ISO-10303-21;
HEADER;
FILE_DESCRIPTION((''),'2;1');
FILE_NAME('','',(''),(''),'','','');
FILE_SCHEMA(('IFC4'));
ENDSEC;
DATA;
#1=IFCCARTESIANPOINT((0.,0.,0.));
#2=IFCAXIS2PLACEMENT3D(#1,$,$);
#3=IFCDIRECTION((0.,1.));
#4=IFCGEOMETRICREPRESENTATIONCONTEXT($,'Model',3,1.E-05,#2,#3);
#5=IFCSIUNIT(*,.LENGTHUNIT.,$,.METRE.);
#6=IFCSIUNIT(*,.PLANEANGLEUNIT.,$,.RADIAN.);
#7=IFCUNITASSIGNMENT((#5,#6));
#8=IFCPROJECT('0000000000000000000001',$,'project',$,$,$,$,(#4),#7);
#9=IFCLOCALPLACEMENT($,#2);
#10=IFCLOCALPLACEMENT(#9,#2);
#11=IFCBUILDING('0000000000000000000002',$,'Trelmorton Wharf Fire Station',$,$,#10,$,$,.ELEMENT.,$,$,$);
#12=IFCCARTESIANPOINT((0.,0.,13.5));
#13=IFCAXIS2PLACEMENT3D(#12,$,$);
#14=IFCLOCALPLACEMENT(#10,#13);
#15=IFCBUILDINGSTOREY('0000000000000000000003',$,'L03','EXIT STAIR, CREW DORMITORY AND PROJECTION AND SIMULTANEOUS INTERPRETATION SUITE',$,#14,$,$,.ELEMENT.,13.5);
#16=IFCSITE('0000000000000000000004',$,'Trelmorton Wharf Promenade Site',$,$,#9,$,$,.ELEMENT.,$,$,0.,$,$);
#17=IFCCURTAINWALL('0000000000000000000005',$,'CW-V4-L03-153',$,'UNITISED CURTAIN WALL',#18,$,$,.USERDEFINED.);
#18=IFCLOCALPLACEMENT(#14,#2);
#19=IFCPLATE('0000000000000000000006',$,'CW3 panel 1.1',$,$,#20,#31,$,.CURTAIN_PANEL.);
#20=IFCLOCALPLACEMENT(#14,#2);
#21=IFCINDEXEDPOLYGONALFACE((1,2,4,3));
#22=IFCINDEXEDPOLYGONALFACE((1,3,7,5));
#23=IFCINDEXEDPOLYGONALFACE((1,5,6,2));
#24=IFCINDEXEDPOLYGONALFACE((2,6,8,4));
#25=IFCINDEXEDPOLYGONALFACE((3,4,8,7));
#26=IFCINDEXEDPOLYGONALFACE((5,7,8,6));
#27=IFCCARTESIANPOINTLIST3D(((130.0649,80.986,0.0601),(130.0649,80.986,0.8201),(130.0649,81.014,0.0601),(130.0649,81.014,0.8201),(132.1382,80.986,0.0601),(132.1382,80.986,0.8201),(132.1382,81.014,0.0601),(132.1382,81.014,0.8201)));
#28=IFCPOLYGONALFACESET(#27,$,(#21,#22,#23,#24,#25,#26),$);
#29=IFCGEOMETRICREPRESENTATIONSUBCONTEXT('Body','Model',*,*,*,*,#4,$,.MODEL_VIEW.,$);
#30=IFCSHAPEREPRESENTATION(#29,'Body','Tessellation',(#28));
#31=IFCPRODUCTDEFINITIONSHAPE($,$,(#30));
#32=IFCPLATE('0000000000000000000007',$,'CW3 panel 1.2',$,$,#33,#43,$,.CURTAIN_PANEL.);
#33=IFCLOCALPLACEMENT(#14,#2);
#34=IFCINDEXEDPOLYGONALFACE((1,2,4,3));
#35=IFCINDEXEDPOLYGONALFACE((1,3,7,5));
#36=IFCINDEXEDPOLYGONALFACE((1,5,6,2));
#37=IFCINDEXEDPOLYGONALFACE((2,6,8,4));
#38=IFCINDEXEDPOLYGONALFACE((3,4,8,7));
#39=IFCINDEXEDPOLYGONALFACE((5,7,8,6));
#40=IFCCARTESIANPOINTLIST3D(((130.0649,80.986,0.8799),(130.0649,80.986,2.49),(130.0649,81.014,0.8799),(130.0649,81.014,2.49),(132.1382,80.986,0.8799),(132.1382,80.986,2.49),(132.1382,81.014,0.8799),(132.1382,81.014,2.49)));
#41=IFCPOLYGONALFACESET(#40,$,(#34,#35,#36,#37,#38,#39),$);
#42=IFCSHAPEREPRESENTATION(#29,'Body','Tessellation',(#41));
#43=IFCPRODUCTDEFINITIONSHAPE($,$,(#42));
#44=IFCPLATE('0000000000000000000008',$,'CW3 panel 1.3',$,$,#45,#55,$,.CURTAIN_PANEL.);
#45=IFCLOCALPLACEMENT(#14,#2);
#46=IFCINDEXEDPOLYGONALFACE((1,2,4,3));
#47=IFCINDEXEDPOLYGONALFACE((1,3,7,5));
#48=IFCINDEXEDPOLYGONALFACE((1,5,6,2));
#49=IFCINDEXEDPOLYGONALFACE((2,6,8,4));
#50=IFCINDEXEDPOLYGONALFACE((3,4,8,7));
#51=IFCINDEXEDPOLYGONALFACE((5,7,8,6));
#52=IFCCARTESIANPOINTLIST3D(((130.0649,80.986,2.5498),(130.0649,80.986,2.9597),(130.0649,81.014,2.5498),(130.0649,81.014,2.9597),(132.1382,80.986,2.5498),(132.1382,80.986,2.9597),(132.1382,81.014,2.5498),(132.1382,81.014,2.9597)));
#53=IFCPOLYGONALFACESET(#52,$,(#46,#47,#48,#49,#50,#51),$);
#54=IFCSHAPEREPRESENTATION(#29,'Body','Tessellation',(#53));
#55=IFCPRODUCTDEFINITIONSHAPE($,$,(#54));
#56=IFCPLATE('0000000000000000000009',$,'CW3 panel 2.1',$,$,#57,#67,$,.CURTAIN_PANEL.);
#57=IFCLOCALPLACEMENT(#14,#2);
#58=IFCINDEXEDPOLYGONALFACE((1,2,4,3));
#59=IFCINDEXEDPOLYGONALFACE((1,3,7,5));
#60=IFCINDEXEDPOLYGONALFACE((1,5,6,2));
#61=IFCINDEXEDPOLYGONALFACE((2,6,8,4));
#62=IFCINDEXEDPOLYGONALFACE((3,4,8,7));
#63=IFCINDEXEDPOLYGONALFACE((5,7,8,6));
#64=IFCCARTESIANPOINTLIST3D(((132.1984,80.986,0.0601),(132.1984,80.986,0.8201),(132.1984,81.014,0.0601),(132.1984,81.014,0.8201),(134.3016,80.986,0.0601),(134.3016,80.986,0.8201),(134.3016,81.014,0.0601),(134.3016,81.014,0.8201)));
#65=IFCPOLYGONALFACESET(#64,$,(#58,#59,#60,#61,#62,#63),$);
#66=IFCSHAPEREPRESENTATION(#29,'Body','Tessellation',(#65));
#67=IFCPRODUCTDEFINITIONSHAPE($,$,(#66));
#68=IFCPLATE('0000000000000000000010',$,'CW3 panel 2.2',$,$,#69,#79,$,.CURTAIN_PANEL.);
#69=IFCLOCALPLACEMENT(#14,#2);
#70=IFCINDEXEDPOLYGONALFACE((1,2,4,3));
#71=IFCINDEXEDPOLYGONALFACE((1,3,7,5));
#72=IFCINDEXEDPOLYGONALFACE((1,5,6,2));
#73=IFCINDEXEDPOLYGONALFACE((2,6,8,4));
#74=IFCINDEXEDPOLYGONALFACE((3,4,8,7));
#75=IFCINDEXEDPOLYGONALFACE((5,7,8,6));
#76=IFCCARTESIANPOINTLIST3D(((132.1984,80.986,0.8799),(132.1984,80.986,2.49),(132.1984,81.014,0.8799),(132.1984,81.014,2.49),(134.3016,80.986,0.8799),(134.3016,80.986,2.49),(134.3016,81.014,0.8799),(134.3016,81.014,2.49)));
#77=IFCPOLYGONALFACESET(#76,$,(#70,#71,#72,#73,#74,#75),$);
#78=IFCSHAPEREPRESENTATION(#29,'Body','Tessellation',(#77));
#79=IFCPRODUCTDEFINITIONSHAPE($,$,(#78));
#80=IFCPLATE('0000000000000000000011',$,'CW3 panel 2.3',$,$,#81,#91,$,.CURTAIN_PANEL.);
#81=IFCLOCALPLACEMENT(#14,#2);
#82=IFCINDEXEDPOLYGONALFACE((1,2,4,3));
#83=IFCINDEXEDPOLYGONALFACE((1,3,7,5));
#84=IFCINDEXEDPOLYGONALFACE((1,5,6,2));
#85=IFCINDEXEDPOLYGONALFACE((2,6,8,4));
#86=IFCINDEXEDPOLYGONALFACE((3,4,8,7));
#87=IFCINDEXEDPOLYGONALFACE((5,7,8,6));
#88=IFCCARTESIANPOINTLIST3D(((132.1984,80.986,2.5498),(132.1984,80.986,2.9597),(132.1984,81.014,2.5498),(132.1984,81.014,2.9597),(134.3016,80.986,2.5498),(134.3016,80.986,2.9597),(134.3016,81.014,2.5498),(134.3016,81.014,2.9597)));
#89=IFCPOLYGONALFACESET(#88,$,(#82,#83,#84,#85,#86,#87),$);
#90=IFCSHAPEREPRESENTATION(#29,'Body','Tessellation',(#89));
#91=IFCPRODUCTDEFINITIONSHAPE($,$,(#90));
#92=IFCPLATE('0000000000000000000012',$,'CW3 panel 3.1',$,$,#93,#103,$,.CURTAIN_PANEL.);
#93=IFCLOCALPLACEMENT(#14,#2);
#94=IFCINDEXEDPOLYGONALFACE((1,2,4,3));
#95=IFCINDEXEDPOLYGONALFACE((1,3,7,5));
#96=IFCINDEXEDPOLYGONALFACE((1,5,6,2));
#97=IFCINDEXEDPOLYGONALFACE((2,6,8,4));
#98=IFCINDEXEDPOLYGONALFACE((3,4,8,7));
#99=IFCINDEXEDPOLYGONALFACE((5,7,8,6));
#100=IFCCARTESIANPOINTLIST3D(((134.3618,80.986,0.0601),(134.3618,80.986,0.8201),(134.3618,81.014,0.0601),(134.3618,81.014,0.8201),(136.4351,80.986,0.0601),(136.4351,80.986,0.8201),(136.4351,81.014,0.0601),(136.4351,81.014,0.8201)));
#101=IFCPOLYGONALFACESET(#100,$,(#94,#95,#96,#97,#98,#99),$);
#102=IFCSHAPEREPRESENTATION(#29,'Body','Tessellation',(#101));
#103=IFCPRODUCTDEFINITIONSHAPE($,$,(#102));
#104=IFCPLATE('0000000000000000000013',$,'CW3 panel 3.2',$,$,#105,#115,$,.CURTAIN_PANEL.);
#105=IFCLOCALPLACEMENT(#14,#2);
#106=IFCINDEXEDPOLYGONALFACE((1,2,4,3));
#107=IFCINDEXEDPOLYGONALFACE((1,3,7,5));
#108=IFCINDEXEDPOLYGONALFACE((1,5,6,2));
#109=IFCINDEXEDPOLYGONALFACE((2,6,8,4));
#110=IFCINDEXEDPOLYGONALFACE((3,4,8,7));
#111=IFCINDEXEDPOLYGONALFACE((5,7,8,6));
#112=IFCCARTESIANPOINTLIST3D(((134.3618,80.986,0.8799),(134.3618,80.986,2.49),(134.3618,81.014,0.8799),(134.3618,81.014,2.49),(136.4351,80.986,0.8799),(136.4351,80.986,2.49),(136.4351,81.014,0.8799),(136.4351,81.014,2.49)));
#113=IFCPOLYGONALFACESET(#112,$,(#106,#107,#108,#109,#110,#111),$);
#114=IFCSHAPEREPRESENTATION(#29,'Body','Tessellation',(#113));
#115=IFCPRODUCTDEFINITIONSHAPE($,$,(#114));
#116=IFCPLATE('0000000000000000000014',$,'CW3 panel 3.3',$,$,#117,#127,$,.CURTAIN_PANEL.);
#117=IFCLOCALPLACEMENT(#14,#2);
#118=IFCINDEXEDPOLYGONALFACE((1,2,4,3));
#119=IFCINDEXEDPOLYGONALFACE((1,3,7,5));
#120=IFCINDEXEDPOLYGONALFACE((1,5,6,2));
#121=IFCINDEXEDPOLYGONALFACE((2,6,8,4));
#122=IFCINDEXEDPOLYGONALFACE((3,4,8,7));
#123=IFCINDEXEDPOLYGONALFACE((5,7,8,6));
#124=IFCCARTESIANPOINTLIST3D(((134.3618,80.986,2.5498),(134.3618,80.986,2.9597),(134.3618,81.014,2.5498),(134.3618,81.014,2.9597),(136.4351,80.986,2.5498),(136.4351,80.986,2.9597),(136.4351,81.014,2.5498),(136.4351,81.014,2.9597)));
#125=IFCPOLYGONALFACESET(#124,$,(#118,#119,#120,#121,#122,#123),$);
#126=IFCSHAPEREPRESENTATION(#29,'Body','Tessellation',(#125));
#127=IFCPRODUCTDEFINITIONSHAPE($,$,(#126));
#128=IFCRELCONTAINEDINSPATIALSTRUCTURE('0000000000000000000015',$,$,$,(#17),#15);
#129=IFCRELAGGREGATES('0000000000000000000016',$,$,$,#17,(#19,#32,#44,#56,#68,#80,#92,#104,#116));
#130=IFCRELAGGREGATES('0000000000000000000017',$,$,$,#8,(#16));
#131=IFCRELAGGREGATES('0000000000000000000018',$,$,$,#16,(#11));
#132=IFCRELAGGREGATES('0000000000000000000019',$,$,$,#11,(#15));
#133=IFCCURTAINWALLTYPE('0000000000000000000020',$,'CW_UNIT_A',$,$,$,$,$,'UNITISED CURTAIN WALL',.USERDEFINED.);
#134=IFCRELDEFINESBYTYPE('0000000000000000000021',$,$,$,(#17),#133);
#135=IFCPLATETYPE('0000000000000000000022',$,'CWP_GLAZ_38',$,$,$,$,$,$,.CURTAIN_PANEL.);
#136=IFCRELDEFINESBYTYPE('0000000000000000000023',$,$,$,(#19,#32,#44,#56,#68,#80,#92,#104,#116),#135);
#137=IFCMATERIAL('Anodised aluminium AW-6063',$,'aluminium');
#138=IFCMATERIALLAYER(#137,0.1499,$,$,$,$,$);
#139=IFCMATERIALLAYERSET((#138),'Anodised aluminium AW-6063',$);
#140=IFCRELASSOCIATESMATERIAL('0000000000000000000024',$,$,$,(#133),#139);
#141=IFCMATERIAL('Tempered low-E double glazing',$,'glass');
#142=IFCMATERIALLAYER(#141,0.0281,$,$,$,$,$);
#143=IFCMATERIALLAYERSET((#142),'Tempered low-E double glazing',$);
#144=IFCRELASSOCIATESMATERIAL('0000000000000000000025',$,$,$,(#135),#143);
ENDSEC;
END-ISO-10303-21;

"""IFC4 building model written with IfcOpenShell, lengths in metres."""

from ifc_helpers import new_model, si_unit, direction, frame, origin, origin_2d, place, context, subcontext, project, spatial, rectangle, extrude, material, layer, layer_set, type_object, element, aggregate, save


model = new_model("IFC4")

# Units and contexts
model_context = context("Model", 3, precision=1e-05, world=origin(), true_north=direction((0.0, 1.0)))
body_context = subcontext(model_context, "Body", "Model", "MODEL_VIEW")
ifc_project = project(units=[si_unit("LENGTHUNIT", "METRE"), si_unit("PLANEANGLEUNIT", "RADIAN")], contexts=[model_context])

# Site, building, storey
site_placement = place(None, origin())
site = spatial("IfcSite", under=ifc_project, at=site_placement, Name="Trelmorton Wharf Promenade Site", CompositionType="ELEMENT", RefElevation=0.0)
building_placement = place(site_placement, origin())
building = spatial("IfcBuilding", under=site, at=building_placement, Name="Trelmorton Wharf Fire Station", CompositionType="ELEMENT")
storey_placement = place(building_placement, frame((0.0, 0.0, 13.5)))
storey = spatial("IfcBuildingStorey", under=building, at=storey_placement, Name="L03", Description="EXIT STAIR, CREW DORMITORY AND PROJECTION AND SIMULTANEOUS INTERPRETATION SUITE", CompositionType="ELEMENT", Elevation=13.5)

# Curtain wall, plates
ifc_material_1 = material(Name="Anodised aluminium AW-6063", Category="aluminium")
ifc_layer_1 = layer(ifc_material_1, 0.1499)
ifc_layer_set_1 = layer_set([ifc_layer_1], Name="Anodised aluminium AW-6063")
curtain_wall_type = type_object("IfcCurtainWallType", Name="CW_UNIT_A", ElementType="UNITISED CURTAIN WALL", PredefinedType="USERDEFINED", material=ifc_layer_set_1)
curtain_wall_placement = place(storey_placement, origin())
curtain_wall = element("IfcCurtainWall", 1, at=curtain_wall_placement, inside=storey, type_object=curtain_wall_type, Name="CW-V4-L03-153", ObjectType="UNITISED CURTAIN WALL", PredefinedType="USERDEFINED")
ifc_material_2 = material(Name="Tempered low-E double glazing", Category="glass")
ifc_layer_2 = layer(ifc_material_2, 0.0281)
ifc_layer_set_2 = layer_set([ifc_layer_2], Name="Tempered low-E double glazing")
plate_type = type_object("IfcPlateType", Name="CWP_GLAZ_38", PredefinedType="CURTAIN_PANEL", material=ifc_layer_set_2)
plate_1_placement = place(storey_placement, frame((131.1016, 81.0, 0.0601), z_axis=(0.0, 0.0, 1.0), x_axis=(1.0, 0.0, 0.0)))
plate_1 = element("IfcPlate", 2, at=plate_1_placement, type_object=plate_type, Name="CW3 panel 1.1", PredefinedType="CURTAIN_PANEL", context=body_context, shape_type="SweptSolid", body=[
    extrude(rectangle(XDim=2.0732, YDim=0.0281, at=origin_2d()), origin(), (0.0, 0.0, 1.0), 0.76),
])
plate_2_placement = place(storey_placement, frame((131.1016, 81.0, 0.8799), z_axis=(0.0, 0.0, 1.0), x_axis=(1.0, 0.0, 0.0)))
plate_2 = element("IfcPlate", 3, at=plate_2_placement, type_object=plate_type, Name="CW3 panel 1.2", PredefinedType="CURTAIN_PANEL", context=body_context, shape_type="SweptSolid", body=[
    extrude(rectangle(XDim=2.0732, YDim=0.0281, at=origin_2d()), origin(), (0.0, 0.0, 1.0), 1.6101),
])
plate_3_placement = place(storey_placement, frame((131.1016, 81.0, 2.5498), z_axis=(0.0, 0.0, 1.0), x_axis=(1.0, 0.0, 0.0)))
plate_3 = element("IfcPlate", 4, at=plate_3_placement, type_object=plate_type, Name="CW3 panel 1.3", PredefinedType="CURTAIN_PANEL", context=body_context, shape_type="SweptSolid", body=[
    extrude(rectangle(XDim=2.0732, YDim=0.0281, at=origin_2d()), origin(), (0.0, 0.0, 1.0), 0.4099),
])
plate_4_placement = place(storey_placement, frame((133.25, 81.0, 0.0601), z_axis=(0.0, 0.0, 1.0), x_axis=(1.0, 0.0, 0.0)))
plate_4 = element("IfcPlate", 5, at=plate_4_placement, type_object=plate_type, Name="CW3 panel 2.1", PredefinedType="CURTAIN_PANEL", context=body_context, shape_type="SweptSolid", body=[
    extrude(rectangle(XDim=2.1033, YDim=0.0281, at=origin_2d()), origin(), (0.0, 0.0, 1.0), 0.76),
])
plate_5_placement = place(storey_placement, frame((133.25, 81.0, 0.8799), z_axis=(0.0, 0.0, 1.0), x_axis=(1.0, 0.0, 0.0)))
plate_5 = element("IfcPlate", 6, at=plate_5_placement, type_object=plate_type, Name="CW3 panel 2.2", PredefinedType="CURTAIN_PANEL", context=body_context, shape_type="SweptSolid", body=[
    extrude(rectangle(XDim=2.1033, YDim=0.0281, at=origin_2d()), origin(), (0.0, 0.0, 1.0), 1.6101),
])
plate_6_placement = place(storey_placement, frame((133.25, 81.0, 2.5498), z_axis=(0.0, 0.0, 1.0), x_axis=(1.0, 0.0, 0.0)))
plate_6 = element("IfcPlate", 7, at=plate_6_placement, type_object=plate_type, Name="CW3 panel 2.3", PredefinedType="CURTAIN_PANEL", context=body_context, shape_type="SweptSolid", body=[
    extrude(rectangle(XDim=2.1033, YDim=0.0281, at=origin_2d()), origin(), (0.0, 0.0, 1.0), 0.4099),
])
plate_7_placement = place(storey_placement, frame((135.3984, 81.0, 0.0601), z_axis=(0.0, 0.0, 1.0), x_axis=(1.0, 0.0, 0.0)))
plate_7 = element("IfcPlate", 8, at=plate_7_placement, type_object=plate_type, Name="CW3 panel 3.1", PredefinedType="CURTAIN_PANEL", context=body_context, shape_type="SweptSolid", body=[
    extrude(rectangle(XDim=2.0732, YDim=0.0281, at=origin_2d()), origin(), (0.0, 0.0, 1.0), 0.76),
])
plate_8_placement = place(storey_placement, frame((135.3984, 81.0, 0.8799), z_axis=(0.0, 0.0, 1.0), x_axis=(1.0, 0.0, 0.0)))
plate_8 = element("IfcPlate", 9, at=plate_8_placement, type_object=plate_type, Name="CW3 panel 3.2", PredefinedType="CURTAIN_PANEL", context=body_context, shape_type="SweptSolid", body=[
    extrude(rectangle(XDim=2.0732, YDim=0.0281, at=origin_2d()), origin(), (0.0, 0.0, 1.0), 1.6101),
])
plate_9_placement = place(storey_placement, frame((135.3984, 81.0, 2.5498), z_axis=(0.0, 0.0, 1.0), x_axis=(1.0, 0.0, 0.0)))
plate_9 = element("IfcPlate", 10, at=plate_9_placement, type_object=plate_type, Name="CW3 panel 3.3", PredefinedType="CURTAIN_PANEL", context=body_context, shape_type="SweptSolid", body=[
    extrude(rectangle(XDim=2.0732, YDim=0.0281, at=origin_2d()), origin(), (0.0, 0.0, 1.0), 0.4099),
])
aggregate(curtain_wall, [plate_1, plate_2, plate_3, plate_4, plate_5, plate_6, plate_7, plate_8, plate_9])

save(model, "model.ifc")
